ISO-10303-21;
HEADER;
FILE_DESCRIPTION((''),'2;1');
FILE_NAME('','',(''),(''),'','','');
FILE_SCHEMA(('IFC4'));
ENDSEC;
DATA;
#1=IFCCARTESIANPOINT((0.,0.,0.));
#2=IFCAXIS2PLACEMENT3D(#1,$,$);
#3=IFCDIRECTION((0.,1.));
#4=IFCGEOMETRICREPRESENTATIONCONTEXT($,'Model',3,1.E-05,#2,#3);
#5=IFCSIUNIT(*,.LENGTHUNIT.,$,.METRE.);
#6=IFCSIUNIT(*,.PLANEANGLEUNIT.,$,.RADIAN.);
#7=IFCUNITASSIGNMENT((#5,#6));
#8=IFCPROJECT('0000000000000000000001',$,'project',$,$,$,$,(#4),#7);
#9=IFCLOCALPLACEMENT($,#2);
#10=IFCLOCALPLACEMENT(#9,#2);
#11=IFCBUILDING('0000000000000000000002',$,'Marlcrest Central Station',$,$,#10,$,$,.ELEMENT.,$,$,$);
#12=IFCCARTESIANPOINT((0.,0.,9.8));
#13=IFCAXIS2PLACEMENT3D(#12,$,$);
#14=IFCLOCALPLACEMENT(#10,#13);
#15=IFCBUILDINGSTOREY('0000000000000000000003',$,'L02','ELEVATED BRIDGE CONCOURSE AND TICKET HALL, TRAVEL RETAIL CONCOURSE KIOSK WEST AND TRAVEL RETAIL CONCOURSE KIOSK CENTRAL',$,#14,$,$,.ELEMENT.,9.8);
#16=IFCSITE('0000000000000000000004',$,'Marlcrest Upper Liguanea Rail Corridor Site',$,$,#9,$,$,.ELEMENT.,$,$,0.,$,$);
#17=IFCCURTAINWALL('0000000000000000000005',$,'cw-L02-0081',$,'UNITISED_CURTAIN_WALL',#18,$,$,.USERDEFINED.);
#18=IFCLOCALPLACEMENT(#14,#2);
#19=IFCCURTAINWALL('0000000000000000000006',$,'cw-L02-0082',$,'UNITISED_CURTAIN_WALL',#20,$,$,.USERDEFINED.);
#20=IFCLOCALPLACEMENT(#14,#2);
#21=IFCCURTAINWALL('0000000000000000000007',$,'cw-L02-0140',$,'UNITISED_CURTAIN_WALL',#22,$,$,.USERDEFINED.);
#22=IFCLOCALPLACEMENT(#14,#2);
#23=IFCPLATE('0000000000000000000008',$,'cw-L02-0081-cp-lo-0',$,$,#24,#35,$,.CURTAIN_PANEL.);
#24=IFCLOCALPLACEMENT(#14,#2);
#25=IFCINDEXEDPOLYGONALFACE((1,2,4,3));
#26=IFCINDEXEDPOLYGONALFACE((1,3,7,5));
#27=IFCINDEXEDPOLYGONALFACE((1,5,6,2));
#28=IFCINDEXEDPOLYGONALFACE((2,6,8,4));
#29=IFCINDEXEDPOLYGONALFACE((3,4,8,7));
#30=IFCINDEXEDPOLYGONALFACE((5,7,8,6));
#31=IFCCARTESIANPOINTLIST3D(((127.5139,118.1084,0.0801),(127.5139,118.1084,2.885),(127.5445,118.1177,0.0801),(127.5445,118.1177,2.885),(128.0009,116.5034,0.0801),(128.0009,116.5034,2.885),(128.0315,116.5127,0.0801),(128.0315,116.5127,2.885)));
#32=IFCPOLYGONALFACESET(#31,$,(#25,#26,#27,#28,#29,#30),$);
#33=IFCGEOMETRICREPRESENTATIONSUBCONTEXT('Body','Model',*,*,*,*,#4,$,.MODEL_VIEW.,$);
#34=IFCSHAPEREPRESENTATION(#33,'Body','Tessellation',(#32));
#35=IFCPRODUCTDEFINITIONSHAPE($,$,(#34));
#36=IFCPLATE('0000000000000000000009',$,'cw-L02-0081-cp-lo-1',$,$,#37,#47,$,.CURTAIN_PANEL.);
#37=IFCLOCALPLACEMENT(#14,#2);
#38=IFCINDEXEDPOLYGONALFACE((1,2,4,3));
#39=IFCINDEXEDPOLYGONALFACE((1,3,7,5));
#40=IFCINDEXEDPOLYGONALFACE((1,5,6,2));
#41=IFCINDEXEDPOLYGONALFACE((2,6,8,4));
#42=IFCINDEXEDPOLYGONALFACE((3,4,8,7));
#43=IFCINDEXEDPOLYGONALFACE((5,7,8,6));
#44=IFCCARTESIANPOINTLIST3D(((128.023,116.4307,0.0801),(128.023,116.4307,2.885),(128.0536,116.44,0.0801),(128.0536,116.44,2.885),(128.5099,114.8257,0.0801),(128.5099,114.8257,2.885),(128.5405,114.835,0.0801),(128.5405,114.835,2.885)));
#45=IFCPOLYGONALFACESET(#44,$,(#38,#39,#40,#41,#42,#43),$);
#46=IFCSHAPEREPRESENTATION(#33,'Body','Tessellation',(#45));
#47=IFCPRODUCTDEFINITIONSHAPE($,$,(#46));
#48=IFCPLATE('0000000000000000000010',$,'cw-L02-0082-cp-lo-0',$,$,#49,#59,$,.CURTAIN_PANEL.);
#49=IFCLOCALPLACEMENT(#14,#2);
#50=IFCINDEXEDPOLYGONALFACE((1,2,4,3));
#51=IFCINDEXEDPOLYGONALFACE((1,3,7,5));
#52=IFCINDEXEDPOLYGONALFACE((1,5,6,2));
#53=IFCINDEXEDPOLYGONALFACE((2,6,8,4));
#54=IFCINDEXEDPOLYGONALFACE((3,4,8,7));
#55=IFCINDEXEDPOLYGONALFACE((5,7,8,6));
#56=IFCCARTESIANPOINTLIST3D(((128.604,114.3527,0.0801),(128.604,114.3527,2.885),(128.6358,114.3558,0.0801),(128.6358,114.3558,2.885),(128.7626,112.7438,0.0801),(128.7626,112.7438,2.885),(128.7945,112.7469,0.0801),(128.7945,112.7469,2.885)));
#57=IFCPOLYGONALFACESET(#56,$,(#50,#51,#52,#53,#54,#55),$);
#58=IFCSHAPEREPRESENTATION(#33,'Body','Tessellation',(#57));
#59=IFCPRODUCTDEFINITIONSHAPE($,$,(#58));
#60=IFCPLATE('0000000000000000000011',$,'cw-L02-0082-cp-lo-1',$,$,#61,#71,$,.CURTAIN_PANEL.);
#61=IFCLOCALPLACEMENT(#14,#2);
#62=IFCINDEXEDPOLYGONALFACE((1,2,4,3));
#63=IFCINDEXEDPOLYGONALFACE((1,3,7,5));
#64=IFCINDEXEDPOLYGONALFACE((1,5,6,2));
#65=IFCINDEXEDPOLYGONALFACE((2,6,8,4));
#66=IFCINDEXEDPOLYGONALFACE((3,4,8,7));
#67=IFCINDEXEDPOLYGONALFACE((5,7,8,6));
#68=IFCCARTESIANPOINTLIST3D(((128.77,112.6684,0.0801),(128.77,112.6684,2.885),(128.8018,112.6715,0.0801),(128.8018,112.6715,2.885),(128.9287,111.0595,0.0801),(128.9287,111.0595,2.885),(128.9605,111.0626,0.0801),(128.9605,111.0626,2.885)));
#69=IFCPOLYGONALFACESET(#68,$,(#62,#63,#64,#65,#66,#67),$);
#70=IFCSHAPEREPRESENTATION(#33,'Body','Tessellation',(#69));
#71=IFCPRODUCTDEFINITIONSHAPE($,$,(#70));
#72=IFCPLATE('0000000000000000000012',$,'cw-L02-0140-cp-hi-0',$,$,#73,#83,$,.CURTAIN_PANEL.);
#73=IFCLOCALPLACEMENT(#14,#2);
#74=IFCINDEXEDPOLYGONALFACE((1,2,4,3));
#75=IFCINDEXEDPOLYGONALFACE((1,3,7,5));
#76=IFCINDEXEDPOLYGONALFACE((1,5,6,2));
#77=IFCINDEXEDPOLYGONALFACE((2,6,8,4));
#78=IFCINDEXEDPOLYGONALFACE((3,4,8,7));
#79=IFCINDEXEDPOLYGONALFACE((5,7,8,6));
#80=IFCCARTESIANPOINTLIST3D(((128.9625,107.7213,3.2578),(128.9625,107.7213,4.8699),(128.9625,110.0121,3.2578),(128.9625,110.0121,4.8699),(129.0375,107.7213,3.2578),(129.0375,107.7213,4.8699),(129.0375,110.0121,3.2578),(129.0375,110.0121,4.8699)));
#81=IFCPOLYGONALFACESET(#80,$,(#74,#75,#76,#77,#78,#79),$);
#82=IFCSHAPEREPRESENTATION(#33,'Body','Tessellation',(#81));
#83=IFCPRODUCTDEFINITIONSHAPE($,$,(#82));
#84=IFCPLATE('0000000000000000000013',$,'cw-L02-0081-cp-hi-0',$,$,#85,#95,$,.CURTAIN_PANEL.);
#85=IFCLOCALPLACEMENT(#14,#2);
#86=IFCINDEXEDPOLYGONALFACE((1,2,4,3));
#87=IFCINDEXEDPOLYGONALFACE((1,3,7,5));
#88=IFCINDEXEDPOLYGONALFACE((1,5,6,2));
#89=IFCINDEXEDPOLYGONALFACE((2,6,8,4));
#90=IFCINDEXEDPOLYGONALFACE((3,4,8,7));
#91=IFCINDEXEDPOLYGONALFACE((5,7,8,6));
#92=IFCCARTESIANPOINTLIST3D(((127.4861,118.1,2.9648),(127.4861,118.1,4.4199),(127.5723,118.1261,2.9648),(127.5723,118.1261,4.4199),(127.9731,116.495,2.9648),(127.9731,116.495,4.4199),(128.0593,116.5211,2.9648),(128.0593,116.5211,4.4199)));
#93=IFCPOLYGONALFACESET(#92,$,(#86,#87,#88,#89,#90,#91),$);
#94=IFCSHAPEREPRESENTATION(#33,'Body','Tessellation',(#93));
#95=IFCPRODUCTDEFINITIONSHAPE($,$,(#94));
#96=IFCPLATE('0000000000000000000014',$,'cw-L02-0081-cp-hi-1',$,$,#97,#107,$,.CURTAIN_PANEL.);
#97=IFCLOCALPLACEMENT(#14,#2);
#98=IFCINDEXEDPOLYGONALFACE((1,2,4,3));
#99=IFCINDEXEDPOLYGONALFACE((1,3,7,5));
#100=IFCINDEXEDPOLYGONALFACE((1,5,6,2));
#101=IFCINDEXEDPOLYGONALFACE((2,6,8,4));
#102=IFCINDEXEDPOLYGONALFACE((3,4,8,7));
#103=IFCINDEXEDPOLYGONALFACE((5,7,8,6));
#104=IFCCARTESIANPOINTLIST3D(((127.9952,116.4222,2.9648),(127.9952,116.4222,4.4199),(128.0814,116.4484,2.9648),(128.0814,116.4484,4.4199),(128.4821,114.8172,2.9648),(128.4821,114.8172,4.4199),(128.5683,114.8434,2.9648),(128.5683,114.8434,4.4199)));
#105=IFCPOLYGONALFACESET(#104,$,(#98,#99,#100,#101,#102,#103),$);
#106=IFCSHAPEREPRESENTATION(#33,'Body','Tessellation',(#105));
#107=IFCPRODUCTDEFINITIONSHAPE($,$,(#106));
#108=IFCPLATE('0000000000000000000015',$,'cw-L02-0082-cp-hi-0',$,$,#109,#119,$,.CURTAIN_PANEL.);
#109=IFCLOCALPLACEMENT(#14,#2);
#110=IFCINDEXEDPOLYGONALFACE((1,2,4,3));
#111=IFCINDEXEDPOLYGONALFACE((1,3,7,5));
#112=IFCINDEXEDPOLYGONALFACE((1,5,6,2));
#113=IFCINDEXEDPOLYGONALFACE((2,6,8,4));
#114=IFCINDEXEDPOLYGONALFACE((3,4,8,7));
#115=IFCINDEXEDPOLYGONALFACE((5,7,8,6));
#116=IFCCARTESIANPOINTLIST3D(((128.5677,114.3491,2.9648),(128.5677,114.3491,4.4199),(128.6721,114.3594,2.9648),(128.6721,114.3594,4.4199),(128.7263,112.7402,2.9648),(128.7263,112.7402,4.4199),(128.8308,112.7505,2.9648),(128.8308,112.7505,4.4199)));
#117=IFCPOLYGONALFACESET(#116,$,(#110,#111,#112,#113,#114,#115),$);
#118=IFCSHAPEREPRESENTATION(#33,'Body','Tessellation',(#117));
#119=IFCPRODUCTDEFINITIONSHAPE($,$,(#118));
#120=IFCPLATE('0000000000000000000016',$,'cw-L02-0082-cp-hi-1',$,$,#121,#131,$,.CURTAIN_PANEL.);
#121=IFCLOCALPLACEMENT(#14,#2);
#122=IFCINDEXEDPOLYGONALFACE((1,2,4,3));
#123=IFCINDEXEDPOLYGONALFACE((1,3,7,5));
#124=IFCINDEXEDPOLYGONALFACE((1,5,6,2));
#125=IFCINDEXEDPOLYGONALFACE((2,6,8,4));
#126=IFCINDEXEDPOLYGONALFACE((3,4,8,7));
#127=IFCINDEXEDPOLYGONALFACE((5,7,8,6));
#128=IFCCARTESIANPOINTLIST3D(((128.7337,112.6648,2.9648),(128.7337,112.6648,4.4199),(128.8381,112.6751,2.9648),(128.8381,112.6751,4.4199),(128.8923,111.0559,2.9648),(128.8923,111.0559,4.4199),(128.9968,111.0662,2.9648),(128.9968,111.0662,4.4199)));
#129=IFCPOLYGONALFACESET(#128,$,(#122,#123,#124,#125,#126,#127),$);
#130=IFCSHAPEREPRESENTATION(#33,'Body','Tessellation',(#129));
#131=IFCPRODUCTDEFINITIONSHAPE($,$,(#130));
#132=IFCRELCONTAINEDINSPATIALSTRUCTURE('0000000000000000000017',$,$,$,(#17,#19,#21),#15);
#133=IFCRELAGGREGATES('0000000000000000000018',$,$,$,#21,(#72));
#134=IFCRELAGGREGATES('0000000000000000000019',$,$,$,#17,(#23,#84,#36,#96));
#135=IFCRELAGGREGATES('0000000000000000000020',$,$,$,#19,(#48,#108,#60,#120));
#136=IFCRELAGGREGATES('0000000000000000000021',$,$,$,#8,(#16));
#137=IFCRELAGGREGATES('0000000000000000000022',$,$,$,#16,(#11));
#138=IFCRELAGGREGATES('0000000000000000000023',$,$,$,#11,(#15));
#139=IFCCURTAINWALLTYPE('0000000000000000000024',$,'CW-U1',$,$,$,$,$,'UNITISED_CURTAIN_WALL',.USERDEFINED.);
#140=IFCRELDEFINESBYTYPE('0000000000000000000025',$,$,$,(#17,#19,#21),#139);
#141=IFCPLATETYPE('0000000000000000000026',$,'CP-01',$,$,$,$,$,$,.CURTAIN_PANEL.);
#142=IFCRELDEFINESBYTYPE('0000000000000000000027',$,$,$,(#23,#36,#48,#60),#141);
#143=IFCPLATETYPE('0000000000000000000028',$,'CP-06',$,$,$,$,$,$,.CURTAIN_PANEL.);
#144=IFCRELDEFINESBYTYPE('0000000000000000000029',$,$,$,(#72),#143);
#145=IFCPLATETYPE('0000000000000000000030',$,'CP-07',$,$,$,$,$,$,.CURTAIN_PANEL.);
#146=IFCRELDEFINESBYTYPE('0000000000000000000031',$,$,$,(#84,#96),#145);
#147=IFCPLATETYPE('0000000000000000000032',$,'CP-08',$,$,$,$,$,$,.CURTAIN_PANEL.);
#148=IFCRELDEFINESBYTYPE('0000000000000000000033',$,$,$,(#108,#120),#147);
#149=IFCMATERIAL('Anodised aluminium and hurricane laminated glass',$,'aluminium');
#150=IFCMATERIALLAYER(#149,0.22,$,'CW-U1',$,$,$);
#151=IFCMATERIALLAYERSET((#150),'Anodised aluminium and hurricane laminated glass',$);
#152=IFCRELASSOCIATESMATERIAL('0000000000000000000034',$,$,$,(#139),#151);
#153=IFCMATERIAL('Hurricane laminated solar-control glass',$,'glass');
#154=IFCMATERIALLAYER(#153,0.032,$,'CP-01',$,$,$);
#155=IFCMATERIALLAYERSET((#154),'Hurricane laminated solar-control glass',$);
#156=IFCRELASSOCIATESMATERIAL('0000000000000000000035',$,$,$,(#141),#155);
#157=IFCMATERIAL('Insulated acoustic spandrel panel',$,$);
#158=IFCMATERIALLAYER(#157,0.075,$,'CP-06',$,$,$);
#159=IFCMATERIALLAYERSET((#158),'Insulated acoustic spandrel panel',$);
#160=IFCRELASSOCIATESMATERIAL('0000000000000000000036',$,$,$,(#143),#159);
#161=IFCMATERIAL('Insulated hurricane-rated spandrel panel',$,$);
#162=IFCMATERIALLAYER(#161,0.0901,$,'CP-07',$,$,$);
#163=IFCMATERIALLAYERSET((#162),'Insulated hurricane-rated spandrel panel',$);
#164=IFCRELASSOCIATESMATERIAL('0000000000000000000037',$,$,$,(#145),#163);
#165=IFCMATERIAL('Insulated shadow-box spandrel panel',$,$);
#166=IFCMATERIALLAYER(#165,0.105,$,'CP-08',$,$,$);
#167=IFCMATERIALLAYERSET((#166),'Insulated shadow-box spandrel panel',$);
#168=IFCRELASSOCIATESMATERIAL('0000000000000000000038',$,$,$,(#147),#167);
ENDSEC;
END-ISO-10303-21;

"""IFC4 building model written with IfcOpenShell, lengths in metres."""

from ifc_helpers import new_model, si_unit, direction, frame, origin, origin_2d, place, context, subcontext, project, spatial, rectangle, extrude, material, layer, layer_set, type_object, element, aggregate, save


model = new_model("IFC4")

# Units and contexts
model_context = context("Model", 3, precision=1e-05, world=origin(), true_north=direction((0.0, 1.0)))
body_context = subcontext(model_context, "Body", "Model", "MODEL_VIEW")
ifc_project = project(units=[si_unit("LENGTHUNIT", "METRE"), si_unit("PLANEANGLEUNIT", "RADIAN")], contexts=[model_context])

# Site, building, storey
site_placement = place(None, origin())
site = spatial("IfcSite", under=ifc_project, at=site_placement, Name="Marlcrest Upper Liguanea Rail Corridor Site", CompositionType="ELEMENT", RefElevation=0.0)
building_placement = place(site_placement, origin())
building = spatial("IfcBuilding", under=site, at=building_placement, Name="Marlcrest Central Station", CompositionType="ELEMENT")
storey_placement = place(building_placement, frame((0.0, 0.0, 9.8)))
storey = spatial("IfcBuildingStorey", under=building, at=storey_placement, Name="L02", Description="ELEVATED BRIDGE CONCOURSE AND TICKET HALL, TRAVEL RETAIL CONCOURSE KIOSK WEST AND TRAVEL RETAIL CONCOURSE KIOSK CENTRAL", CompositionType="ELEMENT", Elevation=9.8)

# Curtain walls
ifc_material_1 = material(Name="Anodised aluminium and hurricane laminated glass", Category="aluminium")
ifc_layer_1 = layer(ifc_material_1, 0.22, Name="CW-U1")
ifc_layer_set_1 = layer_set([ifc_layer_1], Name="Anodised aluminium and hurricane laminated glass")
curtain_wall_type = type_object("IfcCurtainWallType", Name="CW-U1", ElementType="UNITISED_CURTAIN_WALL", PredefinedType="USERDEFINED", material=ifc_layer_set_1)
curtain_wall_1_placement = place(storey_placement, origin())
curtain_wall_1 = element("IfcCurtainWall", 1, at=curtain_wall_1_placement, inside=storey, type_object=curtain_wall_type, Name="cw-L02-0081", ObjectType="UNITISED_CURTAIN_WALL", PredefinedType="USERDEFINED")
curtain_wall_2_placement = place(storey_placement, origin())
curtain_wall_2 = element("IfcCurtainWall", 2, at=curtain_wall_2_placement, inside=storey, type_object=curtain_wall_type, Name="cw-L02-0082", ObjectType="UNITISED_CURTAIN_WALL", PredefinedType="USERDEFINED")

# Curtain wall
curtain_wall_3_placement = place(storey_placement, origin())
curtain_wall_3 = element("IfcCurtainWall", 3, at=curtain_wall_3_placement, inside=storey, type_object=curtain_wall_type, Name="cw-L02-0140", ObjectType="UNITISED_CURTAIN_WALL", PredefinedType="USERDEFINED")

# Plates
ifc_material_2 = material(Name="Hurricane laminated solar-control glass", Category="glass")
ifc_layer_2 = layer(ifc_material_2, 0.032, Name="CP-01")
ifc_layer_set_2 = layer_set([ifc_layer_2], Name="Hurricane laminated solar-control glass")
plate_type_1 = type_object("IfcPlateType", Name="CP-01", PredefinedType="CURTAIN_PANEL", material=ifc_layer_set_2)
plate_1_placement = place(storey_placement, frame((127.7727, 117.3105, 0.0801), z_axis=(0.0, 0.0, 1.0), x_axis=(0.290318, -0.95693, 0.0)))
plate_1 = element("IfcPlate", 4, at=plate_1_placement, type_object=plate_type_1, Name="cw-L02-0081-cp-lo-0", PredefinedType="CURTAIN_PANEL", context=body_context, shape_type="SweptSolid", body=[
    extrude(rectangle(XDim=1.6772, YDim=0.032, at=origin_2d()), origin(), (0.0, 0.0, 1.0), 2.8049),
])
plate_2_placement = place(storey_placement, frame((128.2817, 115.6328, 0.0801), z_axis=(0.0, 0.0, 1.0), x_axis=(0.290318, -0.95693, 0.0)))
plate_2 = element("IfcPlate", 5, at=plate_2_placement, type_object=plate_type_1, Name="cw-L02-0081-cp-lo-1", PredefinedType="CURTAIN_PANEL", context=body_context, shape_type="SweptSolid", body=[
    extrude(rectangle(XDim=1.6772, YDim=0.032, at=origin_2d()), origin(), (0.0, 0.0, 1.0), 2.8049),
])
plate_3_placement = place(storey_placement, frame((128.6992, 113.5498, 0.0801), z_axis=(0.0, 0.0, 1.0), x_axis=(0.098139, -0.995173, 0.0)))
plate_3 = element("IfcPlate", 6, at=plate_3_placement, type_object=plate_type_1, Name="cw-L02-0082-cp-lo-0", PredefinedType="CURTAIN_PANEL", context=body_context, shape_type="SweptSolid", body=[
    extrude(rectangle(XDim=1.6167, YDim=0.032, at=origin_2d()), origin(), (0.0, 0.0, 1.0), 2.8049),
])
plate_4_placement = place(storey_placement, frame((128.8652, 111.8655, 0.0801), z_axis=(0.0, 0.0, 1.0), x_axis=(0.098139, -0.995173, 0.0)))
plate_4 = element("IfcPlate", 7, at=plate_4_placement, type_object=plate_type_1, Name="cw-L02-0082-cp-lo-1", PredefinedType="CURTAIN_PANEL", context=body_context, shape_type="SweptSolid", body=[
    extrude(rectangle(XDim=1.6167, YDim=0.032, at=origin_2d()), origin(), (0.0, 0.0, 1.0), 2.8049),
])
ifc_material_3 = material(Name="Insulated acoustic spandrel panel")
ifc_layer_3 = layer(ifc_material_3, 0.075, Name="CP-06")
ifc_layer_set_3 = layer_set([ifc_layer_3], Name="Insulated acoustic spandrel panel")
plate_type_2 = type_object("IfcPlateType", Name="CP-06", PredefinedType="CURTAIN_PANEL", material=ifc_layer_set_3)
plate_5_placement = place(storey_placement, frame((129.0, 108.8667, 3.2578), z_axis=(0.0, 0.0, 1.0), x_axis=(0.0, -1.0, 0.0)))
plate_5 = element("IfcPlate", 8, at=plate_5_placement, type_object=plate_type_2, Name="cw-L02-0140-cp-hi-0", PredefinedType="CURTAIN_PANEL", context=body_context, shape_type="SweptSolid", body=[
    extrude(rectangle(XDim=2.2908, YDim=0.075, at=origin_2d()), origin(), (0.0, 0.0, 1.0), 1.6121),
])
aggregate(curtain_wall_3, [plate_5])
ifc_material_4 = material(Name="Insulated hurricane-rated spandrel panel")
ifc_layer_4 = layer(ifc_material_4, 0.0901, Name="CP-07")
ifc_layer_set_4 = layer_set([ifc_layer_4], Name="Insulated hurricane-rated spandrel panel")
plate_type_3 = type_object("IfcPlateType", Name="CP-07", PredefinedType="CURTAIN_PANEL", material=ifc_layer_set_4)
plate_6_placement = place(storey_placement, frame((127.7727, 117.3105, 2.9648), z_axis=(0.0, 0.0, 1.0), x_axis=(0.290318, -0.95693, 0.0)))
plate_6 = element("IfcPlate", 9, at=plate_6_placement, type_object=plate_type_3, Name="cw-L02-0081-cp-hi-0", PredefinedType="CURTAIN_PANEL", context=body_context, shape_type="SweptSolid", body=[
    extrude(rectangle(XDim=1.6772, YDim=0.0901, at=origin_2d()), origin(), (0.0, 0.0, 1.0), 1.4551),
])
plate_7_placement = place(storey_placement, frame((128.2817, 115.6328, 2.9648), z_axis=(0.0, 0.0, 1.0), x_axis=(0.290318, -0.95693, 0.0)))
plate_7 = element("IfcPlate", 10, at=plate_7_placement, type_object=plate_type_3, Name="cw-L02-0081-cp-hi-1", PredefinedType="CURTAIN_PANEL", context=body_context, shape_type="SweptSolid", body=[
    extrude(rectangle(XDim=1.6772, YDim=0.0901, at=origin_2d()), origin(), (0.0, 0.0, 1.0), 1.4551),
])
aggregate(curtain_wall_1, [plate_1, plate_6, plate_2, plate_7])
ifc_material_5 = material(Name="Insulated shadow-box spandrel panel")
ifc_layer_5 = layer(ifc_material_5, 0.105, Name="CP-08")
ifc_layer_set_5 = layer_set([ifc_layer_5], Name="Insulated shadow-box spandrel panel")
plate_type_4 = type_object("IfcPlateType", Name="CP-08", PredefinedType="CURTAIN_PANEL", material=ifc_layer_set_5)
plate_8_placement = place(storey_placement, frame((128.6992, 113.5498, 2.9648), z_axis=(0.0, 0.0, 1.0), x_axis=(0.098139, -0.995173, 0.0)))
plate_8 = element("IfcPlate", 11, at=plate_8_placement, type_object=plate_type_4, Name="cw-L02-0082-cp-hi-0", PredefinedType="CURTAIN_PANEL", context=body_context, shape_type="SweptSolid", body=[
    extrude(rectangle(XDim=1.6167, YDim=0.105, at=origin_2d()), origin(), (0.0, 0.0, 1.0), 1.4551),
])
plate_9_placement = place(storey_placement, frame((128.8652, 111.8655, 2.9648), z_axis=(0.0, 0.0, 1.0), x_axis=(0.098139, -0.995173, 0.0)))
plate_9 = element("IfcPlate", 12, at=plate_9_placement, type_object=plate_type_4, Name="cw-L02-0082-cp-hi-1", PredefinedType="CURTAIN_PANEL", context=body_context, shape_type="SweptSolid", body=[
    extrude(rectangle(XDim=1.6167, YDim=0.105, at=origin_2d()), origin(), (0.0, 0.0, 1.0), 1.4551),
])
aggregate(curtain_wall_2, [plate_3, plate_8, plate_4, plate_9])

save(model, "model.ifc")
